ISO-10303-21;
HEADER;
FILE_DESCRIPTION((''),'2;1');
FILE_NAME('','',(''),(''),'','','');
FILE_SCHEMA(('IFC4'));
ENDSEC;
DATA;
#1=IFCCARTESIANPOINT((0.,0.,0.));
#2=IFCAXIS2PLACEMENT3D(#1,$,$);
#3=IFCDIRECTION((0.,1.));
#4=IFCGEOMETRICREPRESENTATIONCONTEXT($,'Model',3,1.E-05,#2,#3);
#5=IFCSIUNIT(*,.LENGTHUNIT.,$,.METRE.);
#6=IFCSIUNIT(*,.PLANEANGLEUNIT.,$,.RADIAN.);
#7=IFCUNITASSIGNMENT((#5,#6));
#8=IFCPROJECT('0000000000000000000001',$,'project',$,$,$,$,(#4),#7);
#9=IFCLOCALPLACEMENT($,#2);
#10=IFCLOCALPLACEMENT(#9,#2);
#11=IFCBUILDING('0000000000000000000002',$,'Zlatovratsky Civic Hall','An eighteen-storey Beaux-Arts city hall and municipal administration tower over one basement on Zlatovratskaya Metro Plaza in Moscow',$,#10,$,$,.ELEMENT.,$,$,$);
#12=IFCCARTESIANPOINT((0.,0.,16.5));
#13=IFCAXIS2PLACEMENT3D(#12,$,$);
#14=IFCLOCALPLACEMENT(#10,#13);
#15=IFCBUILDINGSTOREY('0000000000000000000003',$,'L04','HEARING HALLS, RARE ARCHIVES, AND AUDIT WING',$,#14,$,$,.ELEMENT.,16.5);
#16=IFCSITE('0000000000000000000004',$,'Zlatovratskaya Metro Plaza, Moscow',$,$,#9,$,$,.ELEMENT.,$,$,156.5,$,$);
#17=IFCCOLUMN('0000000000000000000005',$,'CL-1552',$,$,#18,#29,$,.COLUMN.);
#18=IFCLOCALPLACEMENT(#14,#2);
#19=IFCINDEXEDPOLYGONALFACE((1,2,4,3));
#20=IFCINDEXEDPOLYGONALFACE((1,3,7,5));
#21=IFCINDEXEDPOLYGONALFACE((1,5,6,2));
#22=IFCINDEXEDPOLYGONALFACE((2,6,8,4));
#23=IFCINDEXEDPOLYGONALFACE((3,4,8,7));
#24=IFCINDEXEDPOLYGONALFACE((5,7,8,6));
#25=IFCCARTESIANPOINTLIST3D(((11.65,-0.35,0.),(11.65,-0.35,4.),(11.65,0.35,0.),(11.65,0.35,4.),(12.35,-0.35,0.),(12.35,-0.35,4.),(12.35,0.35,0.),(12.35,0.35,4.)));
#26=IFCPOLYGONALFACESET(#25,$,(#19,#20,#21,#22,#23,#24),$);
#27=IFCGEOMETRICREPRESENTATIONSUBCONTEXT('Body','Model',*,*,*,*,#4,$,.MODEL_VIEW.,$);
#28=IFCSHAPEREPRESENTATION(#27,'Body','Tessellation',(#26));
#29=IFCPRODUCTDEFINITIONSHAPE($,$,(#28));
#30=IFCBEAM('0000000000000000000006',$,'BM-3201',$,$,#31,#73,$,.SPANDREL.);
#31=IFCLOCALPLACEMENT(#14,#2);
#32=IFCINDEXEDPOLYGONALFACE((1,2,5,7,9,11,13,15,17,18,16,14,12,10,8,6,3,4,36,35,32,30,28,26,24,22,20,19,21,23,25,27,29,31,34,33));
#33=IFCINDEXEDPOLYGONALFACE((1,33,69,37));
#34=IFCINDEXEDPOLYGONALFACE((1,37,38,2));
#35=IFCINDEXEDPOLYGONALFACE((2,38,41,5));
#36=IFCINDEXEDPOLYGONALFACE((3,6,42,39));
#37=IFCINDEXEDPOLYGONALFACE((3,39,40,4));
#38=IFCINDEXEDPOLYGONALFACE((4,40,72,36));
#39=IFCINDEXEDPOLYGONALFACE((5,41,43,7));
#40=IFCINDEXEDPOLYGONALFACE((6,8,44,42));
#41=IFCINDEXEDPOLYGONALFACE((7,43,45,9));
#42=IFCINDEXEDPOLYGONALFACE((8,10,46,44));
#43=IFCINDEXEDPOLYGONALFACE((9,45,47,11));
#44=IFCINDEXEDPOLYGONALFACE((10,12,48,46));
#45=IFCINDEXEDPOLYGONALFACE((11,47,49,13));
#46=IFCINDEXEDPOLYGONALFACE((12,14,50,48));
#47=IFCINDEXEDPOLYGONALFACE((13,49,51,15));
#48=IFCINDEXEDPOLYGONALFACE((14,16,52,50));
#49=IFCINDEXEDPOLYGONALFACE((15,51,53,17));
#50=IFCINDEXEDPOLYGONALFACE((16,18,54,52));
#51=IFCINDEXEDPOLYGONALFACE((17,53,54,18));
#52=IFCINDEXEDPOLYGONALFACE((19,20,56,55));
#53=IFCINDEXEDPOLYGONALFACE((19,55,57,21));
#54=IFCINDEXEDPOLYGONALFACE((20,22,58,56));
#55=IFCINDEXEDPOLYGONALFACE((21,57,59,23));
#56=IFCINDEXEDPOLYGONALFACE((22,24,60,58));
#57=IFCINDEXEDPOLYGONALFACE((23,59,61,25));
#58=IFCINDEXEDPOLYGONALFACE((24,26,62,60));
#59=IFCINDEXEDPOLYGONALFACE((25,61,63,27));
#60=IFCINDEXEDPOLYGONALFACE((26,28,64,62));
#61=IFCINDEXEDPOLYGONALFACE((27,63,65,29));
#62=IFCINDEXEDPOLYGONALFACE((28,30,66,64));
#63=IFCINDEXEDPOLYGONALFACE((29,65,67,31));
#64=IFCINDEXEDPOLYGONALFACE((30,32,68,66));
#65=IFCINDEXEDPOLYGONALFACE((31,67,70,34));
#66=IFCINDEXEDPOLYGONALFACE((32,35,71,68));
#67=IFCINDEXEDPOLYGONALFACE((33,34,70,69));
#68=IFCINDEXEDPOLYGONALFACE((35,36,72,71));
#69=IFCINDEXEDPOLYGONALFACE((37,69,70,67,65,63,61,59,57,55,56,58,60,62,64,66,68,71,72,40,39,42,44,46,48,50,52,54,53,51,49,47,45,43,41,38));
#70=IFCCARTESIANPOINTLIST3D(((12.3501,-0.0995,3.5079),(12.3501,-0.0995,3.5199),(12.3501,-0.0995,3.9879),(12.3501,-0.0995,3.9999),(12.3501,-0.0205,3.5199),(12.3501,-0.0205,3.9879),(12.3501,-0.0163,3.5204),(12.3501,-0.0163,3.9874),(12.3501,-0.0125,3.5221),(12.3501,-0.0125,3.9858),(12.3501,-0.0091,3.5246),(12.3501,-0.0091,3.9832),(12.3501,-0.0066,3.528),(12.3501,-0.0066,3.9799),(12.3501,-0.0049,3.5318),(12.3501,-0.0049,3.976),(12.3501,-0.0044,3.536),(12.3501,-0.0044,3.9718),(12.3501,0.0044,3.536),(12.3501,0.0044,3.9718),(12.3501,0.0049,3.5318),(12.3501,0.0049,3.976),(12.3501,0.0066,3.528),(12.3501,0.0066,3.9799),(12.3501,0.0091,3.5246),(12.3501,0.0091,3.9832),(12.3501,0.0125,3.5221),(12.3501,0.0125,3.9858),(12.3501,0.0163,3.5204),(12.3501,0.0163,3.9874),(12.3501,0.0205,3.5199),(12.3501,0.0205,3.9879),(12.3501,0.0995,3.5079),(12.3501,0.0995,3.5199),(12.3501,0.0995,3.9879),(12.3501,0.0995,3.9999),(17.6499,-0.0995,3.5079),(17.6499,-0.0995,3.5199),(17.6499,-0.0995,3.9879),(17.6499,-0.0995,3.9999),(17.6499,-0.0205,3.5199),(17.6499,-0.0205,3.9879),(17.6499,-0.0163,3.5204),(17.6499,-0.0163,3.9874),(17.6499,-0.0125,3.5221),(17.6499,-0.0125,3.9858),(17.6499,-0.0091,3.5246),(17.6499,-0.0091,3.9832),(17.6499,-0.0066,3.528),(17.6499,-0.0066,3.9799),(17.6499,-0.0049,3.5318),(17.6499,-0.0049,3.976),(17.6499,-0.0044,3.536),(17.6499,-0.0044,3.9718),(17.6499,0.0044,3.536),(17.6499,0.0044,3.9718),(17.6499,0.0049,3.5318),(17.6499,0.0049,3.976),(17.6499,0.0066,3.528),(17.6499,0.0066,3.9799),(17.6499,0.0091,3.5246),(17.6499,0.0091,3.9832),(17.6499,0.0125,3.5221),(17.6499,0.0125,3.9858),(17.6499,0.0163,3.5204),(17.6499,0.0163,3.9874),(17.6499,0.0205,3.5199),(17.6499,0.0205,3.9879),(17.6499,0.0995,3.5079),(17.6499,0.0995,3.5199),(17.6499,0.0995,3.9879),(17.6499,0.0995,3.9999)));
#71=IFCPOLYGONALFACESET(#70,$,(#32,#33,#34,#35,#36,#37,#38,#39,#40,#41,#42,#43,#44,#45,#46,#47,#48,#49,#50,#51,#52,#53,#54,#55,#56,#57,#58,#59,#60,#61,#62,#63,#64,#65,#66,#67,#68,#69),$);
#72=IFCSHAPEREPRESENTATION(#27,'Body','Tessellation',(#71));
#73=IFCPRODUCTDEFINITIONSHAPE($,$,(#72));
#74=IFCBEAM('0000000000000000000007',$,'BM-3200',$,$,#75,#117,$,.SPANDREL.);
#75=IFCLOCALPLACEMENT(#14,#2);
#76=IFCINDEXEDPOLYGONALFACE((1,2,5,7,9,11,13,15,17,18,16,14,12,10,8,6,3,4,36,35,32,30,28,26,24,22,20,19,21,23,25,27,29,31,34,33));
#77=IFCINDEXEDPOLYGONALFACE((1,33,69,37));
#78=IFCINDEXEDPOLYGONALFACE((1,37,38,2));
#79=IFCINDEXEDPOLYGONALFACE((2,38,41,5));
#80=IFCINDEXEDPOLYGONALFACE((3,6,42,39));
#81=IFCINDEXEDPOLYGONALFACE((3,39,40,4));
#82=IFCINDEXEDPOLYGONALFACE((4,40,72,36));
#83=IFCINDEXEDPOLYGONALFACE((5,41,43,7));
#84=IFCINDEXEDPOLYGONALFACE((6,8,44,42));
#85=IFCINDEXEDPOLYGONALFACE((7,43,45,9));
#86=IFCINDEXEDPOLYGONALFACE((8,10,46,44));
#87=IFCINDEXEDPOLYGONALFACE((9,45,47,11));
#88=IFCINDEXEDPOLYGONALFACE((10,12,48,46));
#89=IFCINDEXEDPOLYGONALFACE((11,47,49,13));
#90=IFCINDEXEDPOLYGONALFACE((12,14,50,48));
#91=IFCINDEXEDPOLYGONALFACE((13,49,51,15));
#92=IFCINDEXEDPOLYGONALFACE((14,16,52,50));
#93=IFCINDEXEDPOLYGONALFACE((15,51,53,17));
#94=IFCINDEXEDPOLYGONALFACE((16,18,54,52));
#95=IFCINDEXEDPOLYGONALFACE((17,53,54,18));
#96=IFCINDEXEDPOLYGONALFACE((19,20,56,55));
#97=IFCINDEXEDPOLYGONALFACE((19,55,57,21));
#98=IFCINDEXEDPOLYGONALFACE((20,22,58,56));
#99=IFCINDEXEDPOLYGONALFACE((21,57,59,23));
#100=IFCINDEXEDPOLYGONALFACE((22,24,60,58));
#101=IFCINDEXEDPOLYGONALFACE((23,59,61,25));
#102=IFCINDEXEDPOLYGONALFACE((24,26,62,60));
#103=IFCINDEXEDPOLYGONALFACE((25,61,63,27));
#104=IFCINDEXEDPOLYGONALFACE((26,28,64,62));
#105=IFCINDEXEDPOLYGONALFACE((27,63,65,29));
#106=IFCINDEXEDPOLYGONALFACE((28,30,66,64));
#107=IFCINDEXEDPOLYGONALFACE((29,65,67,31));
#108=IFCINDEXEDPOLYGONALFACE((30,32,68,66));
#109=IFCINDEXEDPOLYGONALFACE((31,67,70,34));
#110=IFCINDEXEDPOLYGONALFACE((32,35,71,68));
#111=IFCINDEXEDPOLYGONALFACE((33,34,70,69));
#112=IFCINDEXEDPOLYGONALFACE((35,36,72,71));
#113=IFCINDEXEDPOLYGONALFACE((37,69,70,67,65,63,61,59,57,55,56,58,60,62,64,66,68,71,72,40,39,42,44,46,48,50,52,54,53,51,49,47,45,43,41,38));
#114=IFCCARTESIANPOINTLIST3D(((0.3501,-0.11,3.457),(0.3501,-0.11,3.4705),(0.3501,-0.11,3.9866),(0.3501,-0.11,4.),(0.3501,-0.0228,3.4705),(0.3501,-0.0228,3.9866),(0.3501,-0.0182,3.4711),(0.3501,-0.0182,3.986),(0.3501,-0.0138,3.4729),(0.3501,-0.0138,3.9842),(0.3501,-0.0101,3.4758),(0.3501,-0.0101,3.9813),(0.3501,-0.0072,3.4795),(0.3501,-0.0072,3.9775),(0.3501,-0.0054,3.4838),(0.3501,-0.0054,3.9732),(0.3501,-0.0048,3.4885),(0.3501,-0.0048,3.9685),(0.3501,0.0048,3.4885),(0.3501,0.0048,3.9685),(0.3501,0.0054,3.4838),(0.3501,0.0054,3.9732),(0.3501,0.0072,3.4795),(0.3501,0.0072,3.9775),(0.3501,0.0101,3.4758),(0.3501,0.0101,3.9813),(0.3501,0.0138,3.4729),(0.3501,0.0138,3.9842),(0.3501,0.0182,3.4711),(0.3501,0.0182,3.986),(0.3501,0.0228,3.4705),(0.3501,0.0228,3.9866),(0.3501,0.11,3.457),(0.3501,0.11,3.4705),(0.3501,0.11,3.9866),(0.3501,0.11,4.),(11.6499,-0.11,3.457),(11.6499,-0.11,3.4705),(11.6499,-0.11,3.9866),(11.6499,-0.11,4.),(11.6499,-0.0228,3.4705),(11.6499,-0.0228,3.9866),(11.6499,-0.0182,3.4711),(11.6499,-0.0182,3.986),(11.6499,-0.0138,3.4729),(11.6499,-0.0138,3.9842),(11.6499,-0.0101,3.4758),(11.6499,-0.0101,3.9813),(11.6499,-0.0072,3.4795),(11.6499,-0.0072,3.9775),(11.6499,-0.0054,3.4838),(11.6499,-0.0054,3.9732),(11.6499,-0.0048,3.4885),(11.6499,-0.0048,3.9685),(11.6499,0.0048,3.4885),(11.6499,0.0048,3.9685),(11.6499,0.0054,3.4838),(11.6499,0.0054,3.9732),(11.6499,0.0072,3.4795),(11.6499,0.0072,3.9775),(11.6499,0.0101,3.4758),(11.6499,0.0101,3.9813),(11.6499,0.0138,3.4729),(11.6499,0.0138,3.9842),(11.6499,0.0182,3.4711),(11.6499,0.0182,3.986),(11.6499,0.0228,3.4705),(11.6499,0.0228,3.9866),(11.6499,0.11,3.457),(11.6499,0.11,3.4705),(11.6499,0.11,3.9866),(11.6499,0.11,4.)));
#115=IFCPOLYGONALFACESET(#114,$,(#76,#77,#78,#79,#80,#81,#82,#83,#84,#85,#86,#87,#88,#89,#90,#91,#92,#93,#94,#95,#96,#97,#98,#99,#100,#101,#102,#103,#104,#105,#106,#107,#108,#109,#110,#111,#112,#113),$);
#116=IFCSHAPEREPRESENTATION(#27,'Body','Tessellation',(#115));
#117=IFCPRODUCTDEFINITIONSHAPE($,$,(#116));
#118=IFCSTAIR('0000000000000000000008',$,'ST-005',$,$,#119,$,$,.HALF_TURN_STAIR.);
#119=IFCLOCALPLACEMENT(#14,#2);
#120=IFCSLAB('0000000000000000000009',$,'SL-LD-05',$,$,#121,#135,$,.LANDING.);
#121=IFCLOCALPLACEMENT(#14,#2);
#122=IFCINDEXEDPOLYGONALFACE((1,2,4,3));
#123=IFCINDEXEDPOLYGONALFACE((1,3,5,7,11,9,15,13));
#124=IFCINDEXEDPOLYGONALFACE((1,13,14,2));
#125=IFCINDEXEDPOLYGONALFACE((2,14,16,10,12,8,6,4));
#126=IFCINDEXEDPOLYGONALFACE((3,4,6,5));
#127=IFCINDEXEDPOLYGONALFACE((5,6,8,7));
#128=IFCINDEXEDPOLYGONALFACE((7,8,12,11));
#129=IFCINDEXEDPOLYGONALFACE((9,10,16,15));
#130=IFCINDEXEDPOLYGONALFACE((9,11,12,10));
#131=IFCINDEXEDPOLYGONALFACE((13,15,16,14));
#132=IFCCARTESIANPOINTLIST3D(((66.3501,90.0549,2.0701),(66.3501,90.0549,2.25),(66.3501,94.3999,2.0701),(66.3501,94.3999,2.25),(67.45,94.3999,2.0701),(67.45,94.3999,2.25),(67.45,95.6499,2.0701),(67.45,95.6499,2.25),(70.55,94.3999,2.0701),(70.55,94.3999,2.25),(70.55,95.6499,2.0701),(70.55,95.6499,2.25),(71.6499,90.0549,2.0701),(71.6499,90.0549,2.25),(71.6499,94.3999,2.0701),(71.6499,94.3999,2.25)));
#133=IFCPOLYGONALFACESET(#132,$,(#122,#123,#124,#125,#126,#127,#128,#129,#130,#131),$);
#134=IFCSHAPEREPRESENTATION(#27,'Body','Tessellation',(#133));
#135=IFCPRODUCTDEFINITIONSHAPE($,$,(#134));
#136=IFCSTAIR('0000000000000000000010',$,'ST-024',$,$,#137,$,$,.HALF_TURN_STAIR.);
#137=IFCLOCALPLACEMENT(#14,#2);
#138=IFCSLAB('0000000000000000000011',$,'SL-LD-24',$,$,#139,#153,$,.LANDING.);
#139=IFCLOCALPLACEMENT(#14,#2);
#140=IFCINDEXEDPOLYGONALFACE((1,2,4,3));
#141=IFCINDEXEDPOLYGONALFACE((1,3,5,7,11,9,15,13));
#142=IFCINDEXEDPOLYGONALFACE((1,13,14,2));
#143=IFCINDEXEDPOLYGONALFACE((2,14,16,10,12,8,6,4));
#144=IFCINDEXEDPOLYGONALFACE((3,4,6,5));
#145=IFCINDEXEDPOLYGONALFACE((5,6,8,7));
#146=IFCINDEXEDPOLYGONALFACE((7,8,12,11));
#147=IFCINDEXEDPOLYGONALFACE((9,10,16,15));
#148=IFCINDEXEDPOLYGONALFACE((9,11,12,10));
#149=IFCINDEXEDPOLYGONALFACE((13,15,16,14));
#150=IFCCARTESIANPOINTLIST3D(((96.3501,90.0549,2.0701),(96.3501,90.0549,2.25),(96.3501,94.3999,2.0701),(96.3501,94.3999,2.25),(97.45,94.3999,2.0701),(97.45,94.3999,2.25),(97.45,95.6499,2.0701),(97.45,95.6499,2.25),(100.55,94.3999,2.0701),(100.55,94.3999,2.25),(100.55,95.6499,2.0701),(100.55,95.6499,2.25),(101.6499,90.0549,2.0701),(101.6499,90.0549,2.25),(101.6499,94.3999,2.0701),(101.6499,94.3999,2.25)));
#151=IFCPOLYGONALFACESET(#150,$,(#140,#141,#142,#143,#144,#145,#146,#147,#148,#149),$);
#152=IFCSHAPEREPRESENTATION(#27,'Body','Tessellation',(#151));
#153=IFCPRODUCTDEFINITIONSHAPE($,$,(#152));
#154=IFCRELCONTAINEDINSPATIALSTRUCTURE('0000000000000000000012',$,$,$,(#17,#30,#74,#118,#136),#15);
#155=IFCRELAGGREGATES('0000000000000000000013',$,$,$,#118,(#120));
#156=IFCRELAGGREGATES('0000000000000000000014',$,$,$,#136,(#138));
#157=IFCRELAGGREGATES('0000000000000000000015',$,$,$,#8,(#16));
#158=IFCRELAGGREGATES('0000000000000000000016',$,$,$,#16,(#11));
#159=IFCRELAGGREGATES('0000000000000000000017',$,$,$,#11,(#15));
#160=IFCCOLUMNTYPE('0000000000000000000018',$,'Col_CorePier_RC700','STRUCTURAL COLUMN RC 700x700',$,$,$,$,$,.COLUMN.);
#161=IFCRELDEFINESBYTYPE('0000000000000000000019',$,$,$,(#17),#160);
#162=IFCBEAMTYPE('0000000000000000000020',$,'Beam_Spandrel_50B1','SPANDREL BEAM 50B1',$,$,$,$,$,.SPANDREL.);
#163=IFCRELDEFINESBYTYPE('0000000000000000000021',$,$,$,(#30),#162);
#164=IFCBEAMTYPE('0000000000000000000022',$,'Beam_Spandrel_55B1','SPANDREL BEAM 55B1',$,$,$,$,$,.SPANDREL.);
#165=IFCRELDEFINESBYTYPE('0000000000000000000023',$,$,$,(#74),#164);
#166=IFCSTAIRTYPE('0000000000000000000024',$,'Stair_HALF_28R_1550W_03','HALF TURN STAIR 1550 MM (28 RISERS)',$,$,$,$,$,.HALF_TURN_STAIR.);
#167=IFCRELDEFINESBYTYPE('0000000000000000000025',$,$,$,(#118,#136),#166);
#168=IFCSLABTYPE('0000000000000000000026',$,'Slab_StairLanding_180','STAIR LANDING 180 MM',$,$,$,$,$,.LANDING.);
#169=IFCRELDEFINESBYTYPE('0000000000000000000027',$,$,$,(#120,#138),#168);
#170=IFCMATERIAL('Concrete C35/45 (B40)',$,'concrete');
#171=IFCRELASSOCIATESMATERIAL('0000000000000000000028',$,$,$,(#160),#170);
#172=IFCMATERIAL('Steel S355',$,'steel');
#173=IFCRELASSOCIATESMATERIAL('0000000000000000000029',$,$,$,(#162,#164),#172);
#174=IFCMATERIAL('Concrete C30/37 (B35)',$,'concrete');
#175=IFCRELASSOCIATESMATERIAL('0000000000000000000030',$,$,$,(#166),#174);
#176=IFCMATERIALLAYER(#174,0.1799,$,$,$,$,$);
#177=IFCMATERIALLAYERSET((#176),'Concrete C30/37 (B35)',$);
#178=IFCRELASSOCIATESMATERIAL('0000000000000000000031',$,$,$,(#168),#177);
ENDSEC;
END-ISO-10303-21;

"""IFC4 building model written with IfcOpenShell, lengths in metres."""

from ifc_helpers import new_model, si_unit, direction, frame, origin, origin_2d, place, context, subcontext, project, spatial, polyline, rectangle, i_section, outline, extrude, material, layer, layer_set, material_profile, profile_set, type_object, element, aggregate, save


model = new_model("IFC4")

# Units and contexts
model_context = context("Model", 3, precision=1e-05, world=origin(), true_north=direction((0.0, 1.0)))
body_context = subcontext(model_context, "Body", "Model", "MODEL_VIEW")
ifc_project = project(units=[si_unit("LENGTHUNIT", "METRE"), si_unit("PLANEANGLEUNIT", "RADIAN")], contexts=[model_context])

# Site, building, storey
site_placement = place(None, origin())
site = spatial("IfcSite", under=ifc_project, at=site_placement, Name="Zlatovratskaya Metro Plaza, Moscow", CompositionType="ELEMENT", RefElevation=156.5)
building_placement = place(site_placement, origin())
building = spatial("IfcBuilding", under=site, at=building_placement, Name="Zlatovratsky Civic Hall", Description="An eighteen-storey Beaux-Arts city hall and municipal administration tower over one basement on Zlatovratskaya Metro Plaza in Moscow", CompositionType="ELEMENT")
storey_placement = place(building_placement, frame((0.0, 0.0, 16.5)))
storey = spatial("IfcBuildingStorey", under=building, at=storey_placement, Name="L04", Description="HEARING HALLS, RARE ARCHIVES, AND AUDIT WING", CompositionType="ELEMENT", Elevation=16.5)

# Column
ifc_material_1 = material(Name="Concrete C35/45 (B40)", Category="concrete")
ifc_material_profile_1 = material_profile(ifc_material_1, rectangle(XDim=0.7, YDim=0.7, at=origin_2d()), Name="RC 700x700")
ifc_profile_set_1 = profile_set([ifc_material_profile_1], Name="Concrete C35/45 (B40)")
column_type = type_object("IfcColumnType", Name="Col_CorePier_RC700", Description="STRUCTURAL COLUMN RC 700x700", PredefinedType="COLUMN", material=ifc_profile_set_1)
column_placement = place(storey_placement, frame((12.0, 0.0, 0.0), z_axis=(0.0, 0.0, 1.0), x_axis=(1.0, 0.0, 0.0)))
element("IfcColumn", 1, at=column_placement, inside=storey, type_object=column_type, Name="CL-1552", PredefinedType="COLUMN", context=body_context, shape_type="SweptSolid", body=[
    extrude(rectangle(XDim=0.7, YDim=0.7, at=origin_2d()), origin(), (0.0, 0.0, 1.0), 4.0),
])

# Beams
ifc_material_2 = material(Name="Steel S355", Category="steel")
ifc_material_profile_2 = material_profile(ifc_material_2, i_section(OverallWidth=0.199, OverallDepth=0.4919, WebThickness=0.0088, FlangeThickness=0.012, FilletRadius=0.0161, at=origin_2d()), Name="50B1")
ifc_profile_set_2 = profile_set([ifc_material_profile_2], Name="Steel S355")
beam_type_1 = type_object("IfcBeamType", Name="Beam_Spandrel_50B1", Description="SPANDREL BEAM 50B1", PredefinedType="SPANDREL", material=ifc_profile_set_2)
beam_1_placement = place(storey_placement, frame((12.3501, 0.0, 3.7539), z_axis=(1.0, 0.0, 0.0), x_axis=(0.0, 1.0, 0.0)))
element("IfcBeam", 2, at=beam_1_placement, inside=storey, type_object=beam_type_1, Name="BM-3201", PredefinedType="SPANDREL", context=body_context, shape_type="SweptSolid", body=[
    extrude(i_section(OverallWidth=0.199, OverallDepth=0.4919, WebThickness=0.0088, FlangeThickness=0.012, FilletRadius=0.0161, at=origin_2d()), origin(), (0.0, 0.0, 1.0), 5.2998),
])
ifc_material_profile_3 = material_profile(ifc_material_2, i_section(OverallWidth=0.22, OverallDepth=0.543, WebThickness=0.0095, FlangeThickness=0.0134, FilletRadius=0.0181, at=origin_2d()), Name="55B1")
ifc_profile_set_3 = profile_set([ifc_material_profile_3], Name="Steel S355")
beam_type_2 = type_object("IfcBeamType", Name="Beam_Spandrel_55B1", Description="SPANDREL BEAM 55B1", PredefinedType="SPANDREL", material=ifc_profile_set_3)
beam_2_placement = place(storey_placement, frame((0.3501, 0.0, 3.7285), z_axis=(1.0, 0.0, 0.0), x_axis=(0.0, 1.0, 0.0)))
element("IfcBeam", 3, at=beam_2_placement, inside=storey, type_object=beam_type_2, Name="BM-3200", PredefinedType="SPANDREL", context=body_context, shape_type="SweptSolid", body=[
    extrude(i_section(OverallWidth=0.22, OverallDepth=0.543, WebThickness=0.0095, FlangeThickness=0.0134, FilletRadius=0.0181, at=origin_2d()), origin(), (0.0, 0.0, 1.0), 11.2998),
])

# Stairs, slabs
ifc_material_3 = material(Name="Concrete C30/37 (B35)", Category="concrete")
stair_type = type_object("IfcStairType", Name="Stair_HALF_28R_1550W_03", Description="HALF TURN STAIR 1550 MM (28 RISERS)", PredefinedType="HALF_TURN_STAIR", material=ifc_material_3)
stair_1_placement = place(storey_placement, origin())
stair_1 = element("IfcStair", 4, at=stair_1_placement, inside=storey, type_object=stair_type, Name="ST-005", PredefinedType="HALF_TURN_STAIR")
ifc_layer_1 = layer(ifc_material_3, 0.1799)
ifc_layer_set_1 = layer_set([ifc_layer_1], Name="Concrete C30/37 (B35)")
slab_type = type_object("IfcSlabType", Name="Slab_StairLanding_180", Description="STAIR LANDING 180 MM", PredefinedType="LANDING", material=ifc_layer_set_1)
slab_1_placement = place(storey_placement, frame((0.0, 0.0, 2.0701)))
slab_1 = element("IfcSlab", 5, at=slab_1_placement, type_object=slab_type, Name="SL-LD-05", PredefinedType="LANDING", context=body_context, shape_type="SweptSolid", body=[
    extrude(outline(polyline([(66.3501, 90.0549), (71.6499, 90.0549), (71.6499, 94.3999), (70.55, 94.3999), (70.55, 95.6499), (67.45, 95.6499), (67.45, 94.3999), (66.3501, 94.3999), (66.3501, 90.0549)])), origin(), (0.0, 0.0, 1.0), 0.1799),
])
aggregate(stair_1, [slab_1])
stair_2_placement = place(storey_placement, origin())
stair_2 = element("IfcStair", 6, at=stair_2_placement, inside=storey, type_object=stair_type, Name="ST-024", PredefinedType="HALF_TURN_STAIR")
slab_2_placement = place(storey_placement, frame((0.0, 0.0, 2.0701)))
slab_2 = element("IfcSlab", 7, at=slab_2_placement, type_object=slab_type, Name="SL-LD-24", PredefinedType="LANDING", context=body_context, shape_type="SweptSolid", body=[
    extrude(outline(polyline([(96.3501, 90.0549), (101.6499, 90.0549), (101.6499, 94.3999), (100.55, 94.3999), (100.55, 95.6499), (97.45, 95.6499), (97.45, 94.3999), (96.3501, 94.3999), (96.3501, 90.0549)])), origin(), (0.0, 0.0, 1.0), 0.1799),
])
aggregate(stair_2, [slab_2])

save(model, "model.ifc")
